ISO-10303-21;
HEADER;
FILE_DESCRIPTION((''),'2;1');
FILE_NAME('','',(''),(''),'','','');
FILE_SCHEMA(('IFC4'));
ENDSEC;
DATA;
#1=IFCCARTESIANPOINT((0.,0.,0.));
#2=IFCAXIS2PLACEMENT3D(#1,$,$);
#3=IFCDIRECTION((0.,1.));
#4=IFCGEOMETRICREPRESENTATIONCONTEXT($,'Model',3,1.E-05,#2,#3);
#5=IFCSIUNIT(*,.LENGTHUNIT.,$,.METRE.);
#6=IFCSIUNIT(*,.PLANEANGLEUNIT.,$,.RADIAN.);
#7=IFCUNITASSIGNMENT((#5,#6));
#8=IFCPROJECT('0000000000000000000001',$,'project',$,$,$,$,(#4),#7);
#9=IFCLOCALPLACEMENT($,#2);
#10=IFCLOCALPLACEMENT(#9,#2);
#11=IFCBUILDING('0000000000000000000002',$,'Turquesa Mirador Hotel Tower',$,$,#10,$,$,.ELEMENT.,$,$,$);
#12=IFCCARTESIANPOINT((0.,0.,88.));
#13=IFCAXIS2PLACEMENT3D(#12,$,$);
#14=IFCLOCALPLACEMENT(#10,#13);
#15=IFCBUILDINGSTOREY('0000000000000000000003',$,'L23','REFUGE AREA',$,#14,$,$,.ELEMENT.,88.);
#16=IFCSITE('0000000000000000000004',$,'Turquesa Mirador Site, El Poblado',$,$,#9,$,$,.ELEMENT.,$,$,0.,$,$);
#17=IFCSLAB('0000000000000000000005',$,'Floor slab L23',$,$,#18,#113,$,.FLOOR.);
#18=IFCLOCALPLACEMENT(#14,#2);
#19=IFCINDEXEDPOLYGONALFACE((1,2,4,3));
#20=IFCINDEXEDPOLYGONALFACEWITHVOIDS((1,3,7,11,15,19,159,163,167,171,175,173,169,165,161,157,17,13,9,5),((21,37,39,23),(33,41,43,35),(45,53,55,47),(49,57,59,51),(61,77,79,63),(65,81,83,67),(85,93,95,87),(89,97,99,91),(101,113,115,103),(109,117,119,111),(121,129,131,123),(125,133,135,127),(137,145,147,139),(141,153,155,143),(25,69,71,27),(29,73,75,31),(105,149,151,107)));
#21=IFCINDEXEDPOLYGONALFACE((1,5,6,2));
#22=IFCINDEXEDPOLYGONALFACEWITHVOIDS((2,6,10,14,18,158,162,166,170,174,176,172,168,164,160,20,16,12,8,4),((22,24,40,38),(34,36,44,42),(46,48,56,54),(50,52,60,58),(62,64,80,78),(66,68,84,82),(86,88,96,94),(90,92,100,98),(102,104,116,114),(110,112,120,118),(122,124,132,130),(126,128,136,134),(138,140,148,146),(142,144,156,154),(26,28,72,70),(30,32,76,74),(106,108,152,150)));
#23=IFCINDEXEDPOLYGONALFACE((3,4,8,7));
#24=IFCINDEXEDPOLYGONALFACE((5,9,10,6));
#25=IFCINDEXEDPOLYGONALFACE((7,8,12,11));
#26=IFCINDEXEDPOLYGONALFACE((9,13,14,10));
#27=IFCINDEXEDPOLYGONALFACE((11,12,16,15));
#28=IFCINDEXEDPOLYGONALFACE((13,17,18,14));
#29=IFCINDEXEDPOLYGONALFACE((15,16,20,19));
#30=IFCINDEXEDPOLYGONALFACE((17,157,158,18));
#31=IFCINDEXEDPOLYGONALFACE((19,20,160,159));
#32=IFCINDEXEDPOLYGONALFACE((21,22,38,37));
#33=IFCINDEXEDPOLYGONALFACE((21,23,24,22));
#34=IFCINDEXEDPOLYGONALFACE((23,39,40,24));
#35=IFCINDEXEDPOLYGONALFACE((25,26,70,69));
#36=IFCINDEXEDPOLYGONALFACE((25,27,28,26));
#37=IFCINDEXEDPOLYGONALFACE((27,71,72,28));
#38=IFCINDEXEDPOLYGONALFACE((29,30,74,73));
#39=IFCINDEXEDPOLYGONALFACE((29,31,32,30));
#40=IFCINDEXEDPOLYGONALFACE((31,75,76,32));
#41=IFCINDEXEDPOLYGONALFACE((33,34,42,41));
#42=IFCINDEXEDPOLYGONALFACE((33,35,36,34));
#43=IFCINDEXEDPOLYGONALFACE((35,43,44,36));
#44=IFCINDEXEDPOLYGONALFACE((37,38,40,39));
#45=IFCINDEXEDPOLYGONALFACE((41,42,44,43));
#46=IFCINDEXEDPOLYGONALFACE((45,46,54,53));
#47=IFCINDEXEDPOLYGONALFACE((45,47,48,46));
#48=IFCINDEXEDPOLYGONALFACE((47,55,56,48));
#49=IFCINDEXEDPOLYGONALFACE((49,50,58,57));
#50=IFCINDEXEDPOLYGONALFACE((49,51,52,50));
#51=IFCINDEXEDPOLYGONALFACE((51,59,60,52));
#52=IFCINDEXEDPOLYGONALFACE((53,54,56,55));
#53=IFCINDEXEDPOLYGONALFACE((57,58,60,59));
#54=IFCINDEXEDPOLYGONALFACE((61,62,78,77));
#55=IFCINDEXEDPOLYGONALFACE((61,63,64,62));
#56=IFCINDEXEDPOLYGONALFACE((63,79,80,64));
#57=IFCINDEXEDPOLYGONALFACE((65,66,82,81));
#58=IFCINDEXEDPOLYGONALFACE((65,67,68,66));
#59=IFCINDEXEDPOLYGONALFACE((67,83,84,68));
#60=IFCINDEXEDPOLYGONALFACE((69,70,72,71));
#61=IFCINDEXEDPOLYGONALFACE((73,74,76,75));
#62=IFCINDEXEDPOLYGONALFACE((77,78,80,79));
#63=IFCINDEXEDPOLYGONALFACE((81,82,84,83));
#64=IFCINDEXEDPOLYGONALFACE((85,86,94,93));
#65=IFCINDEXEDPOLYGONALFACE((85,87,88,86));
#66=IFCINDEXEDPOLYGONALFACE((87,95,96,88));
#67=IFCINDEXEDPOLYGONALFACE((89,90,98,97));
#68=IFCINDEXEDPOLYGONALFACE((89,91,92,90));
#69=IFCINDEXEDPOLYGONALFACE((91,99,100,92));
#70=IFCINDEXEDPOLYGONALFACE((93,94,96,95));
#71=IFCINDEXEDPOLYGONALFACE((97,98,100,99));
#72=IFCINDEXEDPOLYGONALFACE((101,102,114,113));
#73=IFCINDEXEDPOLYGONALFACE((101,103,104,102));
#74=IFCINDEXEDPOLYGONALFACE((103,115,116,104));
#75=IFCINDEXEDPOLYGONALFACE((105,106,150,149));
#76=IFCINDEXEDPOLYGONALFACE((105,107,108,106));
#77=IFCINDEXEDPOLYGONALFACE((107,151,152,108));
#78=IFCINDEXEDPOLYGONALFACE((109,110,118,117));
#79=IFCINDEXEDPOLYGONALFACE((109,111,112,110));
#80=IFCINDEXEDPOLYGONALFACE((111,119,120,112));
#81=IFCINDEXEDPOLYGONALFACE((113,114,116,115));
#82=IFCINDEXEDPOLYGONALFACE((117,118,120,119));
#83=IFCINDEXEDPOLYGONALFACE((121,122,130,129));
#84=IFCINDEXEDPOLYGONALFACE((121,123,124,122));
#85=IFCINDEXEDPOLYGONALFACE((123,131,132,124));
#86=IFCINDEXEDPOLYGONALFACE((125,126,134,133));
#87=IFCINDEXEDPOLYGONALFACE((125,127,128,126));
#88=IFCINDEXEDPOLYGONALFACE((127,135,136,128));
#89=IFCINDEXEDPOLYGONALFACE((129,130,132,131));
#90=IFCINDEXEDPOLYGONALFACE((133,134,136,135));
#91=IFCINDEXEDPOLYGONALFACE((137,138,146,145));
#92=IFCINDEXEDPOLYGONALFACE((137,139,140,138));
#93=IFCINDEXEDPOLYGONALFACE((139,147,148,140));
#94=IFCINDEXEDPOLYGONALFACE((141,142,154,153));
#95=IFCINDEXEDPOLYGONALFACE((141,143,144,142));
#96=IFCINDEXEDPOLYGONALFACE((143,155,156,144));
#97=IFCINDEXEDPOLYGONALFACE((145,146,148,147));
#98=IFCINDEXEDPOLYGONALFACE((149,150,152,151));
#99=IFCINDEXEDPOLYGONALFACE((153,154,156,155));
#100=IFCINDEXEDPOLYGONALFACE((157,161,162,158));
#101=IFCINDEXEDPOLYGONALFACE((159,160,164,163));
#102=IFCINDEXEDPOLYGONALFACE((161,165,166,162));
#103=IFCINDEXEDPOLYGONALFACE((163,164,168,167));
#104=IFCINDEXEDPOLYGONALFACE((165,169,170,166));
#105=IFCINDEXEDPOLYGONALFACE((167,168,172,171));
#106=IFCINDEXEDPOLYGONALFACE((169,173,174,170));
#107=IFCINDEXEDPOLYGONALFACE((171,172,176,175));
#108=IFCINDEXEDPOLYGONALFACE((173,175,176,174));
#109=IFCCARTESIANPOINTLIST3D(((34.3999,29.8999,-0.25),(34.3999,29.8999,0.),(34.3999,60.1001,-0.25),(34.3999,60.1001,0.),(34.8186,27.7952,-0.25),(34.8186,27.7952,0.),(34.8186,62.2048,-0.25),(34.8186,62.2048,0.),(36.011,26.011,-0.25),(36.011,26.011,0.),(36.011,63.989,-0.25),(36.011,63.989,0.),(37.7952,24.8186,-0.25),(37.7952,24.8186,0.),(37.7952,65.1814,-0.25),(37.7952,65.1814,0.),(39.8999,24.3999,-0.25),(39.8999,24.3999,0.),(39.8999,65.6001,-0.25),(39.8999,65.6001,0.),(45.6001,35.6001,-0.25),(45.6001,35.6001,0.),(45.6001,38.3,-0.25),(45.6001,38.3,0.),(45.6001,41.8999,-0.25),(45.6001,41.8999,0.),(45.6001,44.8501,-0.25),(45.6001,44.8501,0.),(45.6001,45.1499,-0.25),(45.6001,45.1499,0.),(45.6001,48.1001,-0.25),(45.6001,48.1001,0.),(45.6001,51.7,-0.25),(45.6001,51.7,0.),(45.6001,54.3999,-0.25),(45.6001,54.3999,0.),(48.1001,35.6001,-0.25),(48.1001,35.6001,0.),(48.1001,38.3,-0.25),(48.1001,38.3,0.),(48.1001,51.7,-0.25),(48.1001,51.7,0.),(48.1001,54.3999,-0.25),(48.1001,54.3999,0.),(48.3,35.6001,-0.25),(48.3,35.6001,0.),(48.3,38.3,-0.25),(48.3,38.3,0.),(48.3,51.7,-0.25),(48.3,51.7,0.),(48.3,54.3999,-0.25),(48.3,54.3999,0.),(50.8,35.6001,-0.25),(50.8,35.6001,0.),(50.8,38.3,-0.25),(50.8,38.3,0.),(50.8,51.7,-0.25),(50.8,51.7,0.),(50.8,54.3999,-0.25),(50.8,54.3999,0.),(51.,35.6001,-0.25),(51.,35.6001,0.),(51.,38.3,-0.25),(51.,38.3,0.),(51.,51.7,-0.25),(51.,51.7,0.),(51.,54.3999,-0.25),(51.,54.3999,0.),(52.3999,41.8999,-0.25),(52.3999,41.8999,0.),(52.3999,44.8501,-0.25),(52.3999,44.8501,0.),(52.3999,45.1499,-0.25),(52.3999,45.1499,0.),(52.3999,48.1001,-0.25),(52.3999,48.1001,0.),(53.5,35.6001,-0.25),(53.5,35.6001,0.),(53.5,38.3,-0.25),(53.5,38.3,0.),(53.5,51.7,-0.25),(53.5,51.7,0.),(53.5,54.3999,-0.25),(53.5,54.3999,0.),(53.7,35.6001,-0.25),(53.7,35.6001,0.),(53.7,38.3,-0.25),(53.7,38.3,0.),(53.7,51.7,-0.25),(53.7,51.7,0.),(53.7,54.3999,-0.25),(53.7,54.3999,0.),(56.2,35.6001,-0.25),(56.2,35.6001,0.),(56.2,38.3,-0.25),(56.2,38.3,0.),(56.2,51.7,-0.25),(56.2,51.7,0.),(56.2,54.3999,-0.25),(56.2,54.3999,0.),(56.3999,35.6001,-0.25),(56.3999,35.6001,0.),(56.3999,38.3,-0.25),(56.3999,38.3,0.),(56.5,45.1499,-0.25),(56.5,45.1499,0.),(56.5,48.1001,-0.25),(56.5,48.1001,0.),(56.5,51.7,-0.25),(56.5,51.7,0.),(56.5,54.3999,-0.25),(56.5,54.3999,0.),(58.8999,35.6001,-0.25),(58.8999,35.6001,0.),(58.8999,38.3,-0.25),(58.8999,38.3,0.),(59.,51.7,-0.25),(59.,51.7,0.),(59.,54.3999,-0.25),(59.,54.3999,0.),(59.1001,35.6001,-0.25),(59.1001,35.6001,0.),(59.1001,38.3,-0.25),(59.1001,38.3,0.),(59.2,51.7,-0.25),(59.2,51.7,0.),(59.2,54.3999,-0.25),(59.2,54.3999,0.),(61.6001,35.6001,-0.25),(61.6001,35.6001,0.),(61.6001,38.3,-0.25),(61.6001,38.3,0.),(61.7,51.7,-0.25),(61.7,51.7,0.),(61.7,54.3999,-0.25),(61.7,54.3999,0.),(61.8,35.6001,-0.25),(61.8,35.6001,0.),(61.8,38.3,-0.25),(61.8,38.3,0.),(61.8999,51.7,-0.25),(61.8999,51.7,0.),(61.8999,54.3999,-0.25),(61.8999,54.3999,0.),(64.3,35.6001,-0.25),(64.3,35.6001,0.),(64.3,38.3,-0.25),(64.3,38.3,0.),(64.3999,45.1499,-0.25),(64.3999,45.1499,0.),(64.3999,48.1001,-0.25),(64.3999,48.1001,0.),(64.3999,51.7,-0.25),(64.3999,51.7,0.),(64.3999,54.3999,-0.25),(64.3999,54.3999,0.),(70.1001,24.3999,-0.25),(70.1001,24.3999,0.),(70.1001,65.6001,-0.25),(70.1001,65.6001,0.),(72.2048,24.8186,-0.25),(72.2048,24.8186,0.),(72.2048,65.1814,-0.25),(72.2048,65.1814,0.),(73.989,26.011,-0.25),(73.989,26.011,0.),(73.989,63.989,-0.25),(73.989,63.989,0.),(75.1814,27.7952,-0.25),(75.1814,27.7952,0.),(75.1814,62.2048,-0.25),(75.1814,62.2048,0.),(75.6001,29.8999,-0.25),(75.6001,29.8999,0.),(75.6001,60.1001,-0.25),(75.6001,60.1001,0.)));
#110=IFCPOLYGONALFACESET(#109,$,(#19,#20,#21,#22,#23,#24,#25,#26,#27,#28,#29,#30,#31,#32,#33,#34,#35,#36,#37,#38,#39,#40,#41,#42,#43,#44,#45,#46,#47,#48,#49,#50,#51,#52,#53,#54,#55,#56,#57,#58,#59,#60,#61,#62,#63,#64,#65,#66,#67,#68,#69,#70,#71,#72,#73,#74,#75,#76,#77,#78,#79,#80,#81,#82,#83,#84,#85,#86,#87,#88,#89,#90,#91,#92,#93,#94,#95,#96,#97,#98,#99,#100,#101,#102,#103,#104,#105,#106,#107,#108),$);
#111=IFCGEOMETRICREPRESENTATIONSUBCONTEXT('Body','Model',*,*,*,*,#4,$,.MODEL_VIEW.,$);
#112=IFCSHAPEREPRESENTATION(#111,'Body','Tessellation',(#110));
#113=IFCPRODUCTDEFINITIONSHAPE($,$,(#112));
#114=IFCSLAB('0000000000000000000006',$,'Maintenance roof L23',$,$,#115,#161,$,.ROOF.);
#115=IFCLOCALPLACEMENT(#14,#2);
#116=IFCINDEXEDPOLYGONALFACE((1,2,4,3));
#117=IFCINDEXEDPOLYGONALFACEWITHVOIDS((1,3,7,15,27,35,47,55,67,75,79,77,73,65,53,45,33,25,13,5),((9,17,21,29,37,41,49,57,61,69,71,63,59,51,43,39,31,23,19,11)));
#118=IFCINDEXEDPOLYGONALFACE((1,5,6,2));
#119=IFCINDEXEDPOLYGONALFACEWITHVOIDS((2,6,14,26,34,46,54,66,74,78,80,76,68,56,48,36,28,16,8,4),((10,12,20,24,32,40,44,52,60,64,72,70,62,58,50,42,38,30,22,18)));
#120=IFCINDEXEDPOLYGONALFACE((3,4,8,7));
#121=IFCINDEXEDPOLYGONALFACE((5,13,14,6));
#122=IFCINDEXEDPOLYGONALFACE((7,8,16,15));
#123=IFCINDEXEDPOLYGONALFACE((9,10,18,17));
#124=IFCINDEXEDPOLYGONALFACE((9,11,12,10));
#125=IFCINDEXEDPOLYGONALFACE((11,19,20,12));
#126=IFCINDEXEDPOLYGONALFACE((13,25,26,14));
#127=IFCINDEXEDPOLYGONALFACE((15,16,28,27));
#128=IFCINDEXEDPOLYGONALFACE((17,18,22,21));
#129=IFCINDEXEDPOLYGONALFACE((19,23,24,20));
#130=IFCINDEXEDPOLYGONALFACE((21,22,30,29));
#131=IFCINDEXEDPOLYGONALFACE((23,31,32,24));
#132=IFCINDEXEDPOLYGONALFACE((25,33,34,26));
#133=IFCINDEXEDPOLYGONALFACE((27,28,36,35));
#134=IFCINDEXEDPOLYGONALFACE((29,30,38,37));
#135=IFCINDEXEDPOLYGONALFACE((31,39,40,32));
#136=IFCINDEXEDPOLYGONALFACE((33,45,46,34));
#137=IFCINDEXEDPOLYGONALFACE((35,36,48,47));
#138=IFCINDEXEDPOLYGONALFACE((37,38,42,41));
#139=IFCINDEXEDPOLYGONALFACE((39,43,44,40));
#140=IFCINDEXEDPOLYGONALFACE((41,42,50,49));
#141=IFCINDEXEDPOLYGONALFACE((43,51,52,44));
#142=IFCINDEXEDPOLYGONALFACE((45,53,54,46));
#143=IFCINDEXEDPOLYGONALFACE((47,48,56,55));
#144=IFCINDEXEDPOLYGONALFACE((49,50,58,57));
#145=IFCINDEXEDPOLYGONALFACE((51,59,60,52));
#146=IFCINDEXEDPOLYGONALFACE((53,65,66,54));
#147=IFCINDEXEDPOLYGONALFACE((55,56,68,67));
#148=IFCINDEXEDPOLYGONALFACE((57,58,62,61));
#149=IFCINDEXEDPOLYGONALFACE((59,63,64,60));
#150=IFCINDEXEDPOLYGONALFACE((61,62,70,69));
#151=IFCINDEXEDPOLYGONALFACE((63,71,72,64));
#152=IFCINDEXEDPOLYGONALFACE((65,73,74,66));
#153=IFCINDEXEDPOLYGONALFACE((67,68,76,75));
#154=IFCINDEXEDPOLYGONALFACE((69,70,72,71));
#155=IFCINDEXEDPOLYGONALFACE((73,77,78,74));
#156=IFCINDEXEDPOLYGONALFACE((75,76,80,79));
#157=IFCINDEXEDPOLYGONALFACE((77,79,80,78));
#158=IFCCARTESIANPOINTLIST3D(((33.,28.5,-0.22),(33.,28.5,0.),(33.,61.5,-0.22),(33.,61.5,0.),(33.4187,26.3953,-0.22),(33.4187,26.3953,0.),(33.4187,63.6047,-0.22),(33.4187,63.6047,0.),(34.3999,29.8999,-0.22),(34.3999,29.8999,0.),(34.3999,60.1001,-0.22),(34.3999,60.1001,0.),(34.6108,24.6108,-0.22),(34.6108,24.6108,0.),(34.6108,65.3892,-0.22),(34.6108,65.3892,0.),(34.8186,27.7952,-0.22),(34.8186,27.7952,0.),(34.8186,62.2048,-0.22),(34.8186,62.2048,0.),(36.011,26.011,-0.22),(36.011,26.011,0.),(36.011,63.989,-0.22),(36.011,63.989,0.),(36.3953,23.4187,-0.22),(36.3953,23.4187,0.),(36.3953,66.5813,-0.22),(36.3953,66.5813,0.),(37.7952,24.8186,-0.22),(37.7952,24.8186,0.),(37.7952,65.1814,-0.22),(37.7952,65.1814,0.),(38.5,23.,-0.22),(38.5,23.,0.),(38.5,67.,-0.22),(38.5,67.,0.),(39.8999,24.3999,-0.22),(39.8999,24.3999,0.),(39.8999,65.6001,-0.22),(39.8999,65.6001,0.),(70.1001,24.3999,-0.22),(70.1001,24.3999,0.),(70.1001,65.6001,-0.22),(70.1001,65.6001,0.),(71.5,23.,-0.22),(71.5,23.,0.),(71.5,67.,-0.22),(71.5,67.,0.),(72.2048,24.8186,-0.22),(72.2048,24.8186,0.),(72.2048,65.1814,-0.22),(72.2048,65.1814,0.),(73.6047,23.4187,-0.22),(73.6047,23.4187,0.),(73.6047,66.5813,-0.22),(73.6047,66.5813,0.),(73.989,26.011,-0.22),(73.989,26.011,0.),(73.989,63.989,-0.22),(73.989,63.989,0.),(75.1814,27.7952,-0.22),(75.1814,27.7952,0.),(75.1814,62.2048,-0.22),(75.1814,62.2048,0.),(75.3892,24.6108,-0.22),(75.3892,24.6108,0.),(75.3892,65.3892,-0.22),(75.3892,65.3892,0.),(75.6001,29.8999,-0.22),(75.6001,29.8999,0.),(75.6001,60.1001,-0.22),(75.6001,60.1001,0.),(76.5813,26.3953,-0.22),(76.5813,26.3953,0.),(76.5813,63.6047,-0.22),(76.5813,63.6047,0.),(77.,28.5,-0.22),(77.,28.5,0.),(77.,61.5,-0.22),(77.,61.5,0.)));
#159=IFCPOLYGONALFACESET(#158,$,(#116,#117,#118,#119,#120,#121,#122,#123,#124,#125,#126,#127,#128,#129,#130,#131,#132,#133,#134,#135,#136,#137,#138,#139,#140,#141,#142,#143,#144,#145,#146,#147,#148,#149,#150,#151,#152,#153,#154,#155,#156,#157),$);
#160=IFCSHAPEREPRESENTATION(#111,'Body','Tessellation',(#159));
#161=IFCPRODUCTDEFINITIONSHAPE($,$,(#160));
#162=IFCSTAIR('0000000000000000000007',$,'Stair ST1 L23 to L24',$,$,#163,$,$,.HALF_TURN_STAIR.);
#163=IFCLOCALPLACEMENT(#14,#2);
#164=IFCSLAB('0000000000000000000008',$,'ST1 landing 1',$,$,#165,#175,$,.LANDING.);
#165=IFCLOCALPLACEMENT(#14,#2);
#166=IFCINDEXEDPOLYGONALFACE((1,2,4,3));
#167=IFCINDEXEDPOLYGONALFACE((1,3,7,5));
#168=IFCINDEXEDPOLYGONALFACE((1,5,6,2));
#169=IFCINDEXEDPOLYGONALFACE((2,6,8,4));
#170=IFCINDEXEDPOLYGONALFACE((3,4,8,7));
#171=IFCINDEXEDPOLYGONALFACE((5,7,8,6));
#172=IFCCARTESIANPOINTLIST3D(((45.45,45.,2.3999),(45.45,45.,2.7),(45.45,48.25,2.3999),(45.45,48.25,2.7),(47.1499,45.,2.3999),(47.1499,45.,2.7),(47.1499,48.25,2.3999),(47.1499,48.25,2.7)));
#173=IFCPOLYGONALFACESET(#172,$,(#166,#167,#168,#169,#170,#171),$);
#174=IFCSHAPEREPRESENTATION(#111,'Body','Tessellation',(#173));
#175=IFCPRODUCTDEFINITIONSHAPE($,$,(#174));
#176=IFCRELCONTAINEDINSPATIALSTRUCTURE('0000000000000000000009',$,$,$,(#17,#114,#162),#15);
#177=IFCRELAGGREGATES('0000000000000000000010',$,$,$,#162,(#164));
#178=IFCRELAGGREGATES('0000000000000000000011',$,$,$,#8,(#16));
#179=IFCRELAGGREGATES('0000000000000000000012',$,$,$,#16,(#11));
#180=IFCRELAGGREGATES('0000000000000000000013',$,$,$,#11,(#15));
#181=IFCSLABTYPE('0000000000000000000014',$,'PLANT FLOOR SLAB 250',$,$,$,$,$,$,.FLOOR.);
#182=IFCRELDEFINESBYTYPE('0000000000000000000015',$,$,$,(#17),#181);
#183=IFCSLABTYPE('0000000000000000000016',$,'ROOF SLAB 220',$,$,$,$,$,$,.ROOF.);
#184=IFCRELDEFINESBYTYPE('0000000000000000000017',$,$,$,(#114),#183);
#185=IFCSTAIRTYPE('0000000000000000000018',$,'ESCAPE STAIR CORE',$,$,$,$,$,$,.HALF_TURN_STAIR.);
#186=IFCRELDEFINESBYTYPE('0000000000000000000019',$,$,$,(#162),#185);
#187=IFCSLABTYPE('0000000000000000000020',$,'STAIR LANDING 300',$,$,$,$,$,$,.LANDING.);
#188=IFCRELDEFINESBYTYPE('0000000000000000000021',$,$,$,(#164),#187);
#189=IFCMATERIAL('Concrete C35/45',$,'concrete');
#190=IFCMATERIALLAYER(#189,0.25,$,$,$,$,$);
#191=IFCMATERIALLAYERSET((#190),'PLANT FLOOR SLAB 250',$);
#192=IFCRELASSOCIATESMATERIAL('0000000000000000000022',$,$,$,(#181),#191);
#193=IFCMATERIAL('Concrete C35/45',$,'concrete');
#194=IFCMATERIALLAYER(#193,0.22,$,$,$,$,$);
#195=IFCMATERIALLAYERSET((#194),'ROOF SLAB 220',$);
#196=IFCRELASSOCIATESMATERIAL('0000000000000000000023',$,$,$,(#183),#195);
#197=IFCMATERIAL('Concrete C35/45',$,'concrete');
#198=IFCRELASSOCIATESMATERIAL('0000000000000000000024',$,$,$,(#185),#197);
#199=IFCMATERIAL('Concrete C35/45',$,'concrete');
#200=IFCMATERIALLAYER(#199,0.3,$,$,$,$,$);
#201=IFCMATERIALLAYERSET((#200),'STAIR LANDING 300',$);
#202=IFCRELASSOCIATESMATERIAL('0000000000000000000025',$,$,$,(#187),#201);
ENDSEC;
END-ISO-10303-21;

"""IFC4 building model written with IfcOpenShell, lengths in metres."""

from ifc_helpers import new_model, si_unit, direction, frame, origin, place, context, subcontext, project, spatial, polyline, outline, extrude, material, layer, layer_set, type_object, element, aggregate, save


model = new_model("IFC4")

# Units and contexts
model_context = context("Model", 3, precision=1e-05, world=origin(), true_north=direction((0.0, 1.0)))
body_context = subcontext(model_context, "Body", "Model", "MODEL_VIEW")
ifc_project = project(units=[si_unit("LENGTHUNIT", "METRE"), si_unit("PLANEANGLEUNIT", "RADIAN")], contexts=[model_context])

# Site, building, storey
site_placement = place(None, origin())
site = spatial("IfcSite", under=ifc_project, at=site_placement, Name="Turquesa Mirador Site, El Poblado", CompositionType="ELEMENT", RefElevation=0.0)
building_placement = place(site_placement, origin())
building = spatial("IfcBuilding", under=site, at=building_placement, Name="Turquesa Mirador Hotel Tower", CompositionType="ELEMENT")
storey_placement = place(building_placement, frame((0.0, 0.0, 88.0)))
storey = spatial("IfcBuildingStorey", under=building, at=storey_placement, Name="L23", Description="REFUGE AREA", CompositionType="ELEMENT", Elevation=88.0)

# Slabs
ifc_material_1 = material(Name="Concrete C35/45", Category="concrete")
ifc_layer_1 = layer(ifc_material_1, 0.25)
ifc_layer_set_1 = layer_set([ifc_layer_1], Name="PLANT FLOOR SLAB 250")
slab_type_1 = type_object("IfcSlabType", Name="PLANT FLOOR SLAB 250", PredefinedType="FLOOR", material=ifc_layer_set_1)
slab_1_placement = place(storey_placement, frame((0.0, 0.0, -0.25)))
element("IfcSlab", 1, at=slab_1_placement, inside=storey, type_object=slab_type_1, Name="Floor slab L23", PredefinedType="FLOOR", context=body_context, shape_type="SweptSolid", body=[
    extrude(outline(polyline([(70.1001, 24.3999), (72.2048, 24.8186), (73.989, 26.011), (75.1814, 27.7952), (75.6001, 29.8999), (75.6001, 60.1001), (75.1814, 62.2048), (73.989, 63.989), (72.2048, 65.1814), (70.1001, 65.6001), (39.8999, 65.6001), (37.7952, 65.1814), (36.011, 63.989), (34.8186, 62.2048), (34.3999, 60.1001), (34.3999, 29.8999), (34.8186, 27.7952), (36.011, 26.011), (37.7952, 24.8186), (39.8999, 24.3999), (70.1001, 24.3999)]), holes=[polyline([(45.6001, 51.7), (48.1001, 51.7), (48.1001, 54.3999), (45.6001, 54.3999), (45.6001, 51.7)]), polyline([(48.3, 51.7), (50.8, 51.7), (50.8, 54.3999), (48.3, 54.3999), (48.3, 51.7)]), polyline([(51.0, 51.7), (53.5, 51.7), (53.5, 54.3999), (51.0, 54.3999), (51.0, 51.7)]), polyline([(53.7, 51.7), (56.2, 51.7), (56.2, 54.3999), (53.7, 54.3999), (53.7, 51.7)]), polyline([(56.5, 51.7), (59.0, 51.7), (59.0, 54.3999), (56.5, 54.3999), (56.5, 51.7)]), polyline([(59.2, 51.7), (61.7, 51.7), (61.7, 54.3999), (59.2, 54.3999), (59.2, 51.7)]), polyline([(45.6001, 35.6001), (48.1001, 35.6001), (48.1001, 38.3), (45.6001, 38.3), (45.6001, 35.6001)]), polyline([(48.3, 35.6001), (50.8, 35.6001), (50.8, 38.3), (48.3, 38.3), (48.3, 35.6001)]), polyline([(51.0, 35.6001), (53.5, 35.6001), (53.5, 38.3), (51.0, 38.3), (51.0, 35.6001)]), polyline([(53.7, 35.6001), (56.2, 35.6001), (56.2, 38.3), (53.7, 38.3), (53.7, 35.6001)]), polyline([(56.3999, 35.6001), (58.8999, 35.6001), (58.8999, 38.3), (56.3999, 38.3), (56.3999, 35.6001)]), polyline([(59.1001, 35.6001), (61.6001, 35.6001), (61.6001, 38.3), (59.1001, 38.3), (59.1001, 35.6001)]), polyline([(61.8, 35.6001), (64.3, 35.6001), (64.3, 38.3), (61.8, 38.3), (61.8, 35.6001)]), polyline([(45.6001, 45.1499), (52.3999, 45.1499), (52.3999, 48.1001), (45.6001, 48.1001), (45.6001, 45.1499)]), polyline([(45.6001, 41.8999), (52.3999, 41.8999), (52.3999, 44.8501), (45.6001, 44.8501), (45.6001, 41.8999)]), polyline([(56.5, 45.1499), (64.3999, 45.1499), (64.3999, 48.1001), (56.5, 48.1001), (56.5, 45.1499)]), polyline([(61.8999, 51.7), (64.3999, 51.7), (64.3999, 54.3999), (61.8999, 54.3999), (61.8999, 51.7)])]), origin(), (0.0, 0.0, 1.0), 0.25),
])
ifc_material_2 = material(Name="Concrete C35/45", Category="concrete")
ifc_layer_2 = layer(ifc_material_2, 0.22)
ifc_layer_set_2 = layer_set([ifc_layer_2], Name="ROOF SLAB 220")
slab_type_2 = type_object("IfcSlabType", Name="ROOF SLAB 220", PredefinedType="ROOF", material=ifc_layer_set_2)
slab_2_placement = place(storey_placement, frame((0.0, 0.0, -0.22)))
element("IfcSlab", 2, at=slab_2_placement, inside=storey, type_object=slab_type_2, Name="Maintenance roof L23", PredefinedType="ROOF", context=body_context, shape_type="SweptSolid", body=[
    extrude(outline(polyline([(71.5, 23.0), (73.6047, 23.4187), (75.3892, 24.6108), (76.5813, 26.3953), (77.0, 28.5), (77.0, 61.5), (76.5813, 63.6047), (75.3892, 65.3892), (73.6047, 66.5813), (71.5, 67.0), (38.5, 67.0), (36.3953, 66.5813), (34.6108, 65.3892), (33.4187, 63.6047), (33.0, 61.5), (33.0, 28.5), (33.4187, 26.3953), (34.6108, 24.6108), (36.3953, 23.4187), (38.5, 23.0), (71.5, 23.0)]), holes=[polyline([(70.1001, 24.3999), (72.2048, 24.8186), (73.989, 26.011), (75.1814, 27.7952), (75.6001, 29.8999), (75.6001, 60.1001), (75.1814, 62.2048), (73.989, 63.989), (72.2048, 65.1814), (70.1001, 65.6001), (39.8999, 65.6001), (37.7952, 65.1814), (36.011, 63.989), (34.8186, 62.2048), (34.3999, 60.1001), (34.3999, 29.8999), (34.8186, 27.7952), (36.011, 26.011), (37.7952, 24.8186), (39.8999, 24.3999), (70.1001, 24.3999)])]), origin(), (0.0, 0.0, 1.0), 0.22),
])

# Stair, slab
ifc_material_3 = material(Name="Concrete C35/45", Category="concrete")
stair_type = type_object("IfcStairType", Name="ESCAPE STAIR CORE", PredefinedType="HALF_TURN_STAIR", material=ifc_material_3)
stair_1_placement = place(storey_placement, origin())
stair_1 = element("IfcStair", 3, at=stair_1_placement, inside=storey, type_object=stair_type, Name="Stair ST1 L23 to L24", PredefinedType="HALF_TURN_STAIR")
ifc_material_4 = material(Name="Concrete C35/45", Category="concrete")
ifc_layer_3 = layer(ifc_material_4, 0.3)
ifc_layer_set_3 = layer_set([ifc_layer_3], Name="STAIR LANDING 300")
slab_type_3 = type_object("IfcSlabType", Name="STAIR LANDING 300", PredefinedType="LANDING", material=ifc_layer_set_3)
slab_3_placement = place(storey_placement, frame((0.0, 0.0, 2.3999)))
slab_3 = element("IfcSlab", 4, at=slab_3_placement, type_object=slab_type_3, Name="ST1 landing 1", PredefinedType="LANDING", context=body_context, shape_type="SweptSolid", body=[
    extrude(outline(polyline([(45.45, 45.0), (47.1499, 45.0), (47.1499, 48.25), (45.45, 48.25), (45.45, 45.0)])), origin(), (0.0, 0.0, 1.0), 0.3),
])
aggregate(stair_1, [slab_3])

save(model, "model.ifc")
